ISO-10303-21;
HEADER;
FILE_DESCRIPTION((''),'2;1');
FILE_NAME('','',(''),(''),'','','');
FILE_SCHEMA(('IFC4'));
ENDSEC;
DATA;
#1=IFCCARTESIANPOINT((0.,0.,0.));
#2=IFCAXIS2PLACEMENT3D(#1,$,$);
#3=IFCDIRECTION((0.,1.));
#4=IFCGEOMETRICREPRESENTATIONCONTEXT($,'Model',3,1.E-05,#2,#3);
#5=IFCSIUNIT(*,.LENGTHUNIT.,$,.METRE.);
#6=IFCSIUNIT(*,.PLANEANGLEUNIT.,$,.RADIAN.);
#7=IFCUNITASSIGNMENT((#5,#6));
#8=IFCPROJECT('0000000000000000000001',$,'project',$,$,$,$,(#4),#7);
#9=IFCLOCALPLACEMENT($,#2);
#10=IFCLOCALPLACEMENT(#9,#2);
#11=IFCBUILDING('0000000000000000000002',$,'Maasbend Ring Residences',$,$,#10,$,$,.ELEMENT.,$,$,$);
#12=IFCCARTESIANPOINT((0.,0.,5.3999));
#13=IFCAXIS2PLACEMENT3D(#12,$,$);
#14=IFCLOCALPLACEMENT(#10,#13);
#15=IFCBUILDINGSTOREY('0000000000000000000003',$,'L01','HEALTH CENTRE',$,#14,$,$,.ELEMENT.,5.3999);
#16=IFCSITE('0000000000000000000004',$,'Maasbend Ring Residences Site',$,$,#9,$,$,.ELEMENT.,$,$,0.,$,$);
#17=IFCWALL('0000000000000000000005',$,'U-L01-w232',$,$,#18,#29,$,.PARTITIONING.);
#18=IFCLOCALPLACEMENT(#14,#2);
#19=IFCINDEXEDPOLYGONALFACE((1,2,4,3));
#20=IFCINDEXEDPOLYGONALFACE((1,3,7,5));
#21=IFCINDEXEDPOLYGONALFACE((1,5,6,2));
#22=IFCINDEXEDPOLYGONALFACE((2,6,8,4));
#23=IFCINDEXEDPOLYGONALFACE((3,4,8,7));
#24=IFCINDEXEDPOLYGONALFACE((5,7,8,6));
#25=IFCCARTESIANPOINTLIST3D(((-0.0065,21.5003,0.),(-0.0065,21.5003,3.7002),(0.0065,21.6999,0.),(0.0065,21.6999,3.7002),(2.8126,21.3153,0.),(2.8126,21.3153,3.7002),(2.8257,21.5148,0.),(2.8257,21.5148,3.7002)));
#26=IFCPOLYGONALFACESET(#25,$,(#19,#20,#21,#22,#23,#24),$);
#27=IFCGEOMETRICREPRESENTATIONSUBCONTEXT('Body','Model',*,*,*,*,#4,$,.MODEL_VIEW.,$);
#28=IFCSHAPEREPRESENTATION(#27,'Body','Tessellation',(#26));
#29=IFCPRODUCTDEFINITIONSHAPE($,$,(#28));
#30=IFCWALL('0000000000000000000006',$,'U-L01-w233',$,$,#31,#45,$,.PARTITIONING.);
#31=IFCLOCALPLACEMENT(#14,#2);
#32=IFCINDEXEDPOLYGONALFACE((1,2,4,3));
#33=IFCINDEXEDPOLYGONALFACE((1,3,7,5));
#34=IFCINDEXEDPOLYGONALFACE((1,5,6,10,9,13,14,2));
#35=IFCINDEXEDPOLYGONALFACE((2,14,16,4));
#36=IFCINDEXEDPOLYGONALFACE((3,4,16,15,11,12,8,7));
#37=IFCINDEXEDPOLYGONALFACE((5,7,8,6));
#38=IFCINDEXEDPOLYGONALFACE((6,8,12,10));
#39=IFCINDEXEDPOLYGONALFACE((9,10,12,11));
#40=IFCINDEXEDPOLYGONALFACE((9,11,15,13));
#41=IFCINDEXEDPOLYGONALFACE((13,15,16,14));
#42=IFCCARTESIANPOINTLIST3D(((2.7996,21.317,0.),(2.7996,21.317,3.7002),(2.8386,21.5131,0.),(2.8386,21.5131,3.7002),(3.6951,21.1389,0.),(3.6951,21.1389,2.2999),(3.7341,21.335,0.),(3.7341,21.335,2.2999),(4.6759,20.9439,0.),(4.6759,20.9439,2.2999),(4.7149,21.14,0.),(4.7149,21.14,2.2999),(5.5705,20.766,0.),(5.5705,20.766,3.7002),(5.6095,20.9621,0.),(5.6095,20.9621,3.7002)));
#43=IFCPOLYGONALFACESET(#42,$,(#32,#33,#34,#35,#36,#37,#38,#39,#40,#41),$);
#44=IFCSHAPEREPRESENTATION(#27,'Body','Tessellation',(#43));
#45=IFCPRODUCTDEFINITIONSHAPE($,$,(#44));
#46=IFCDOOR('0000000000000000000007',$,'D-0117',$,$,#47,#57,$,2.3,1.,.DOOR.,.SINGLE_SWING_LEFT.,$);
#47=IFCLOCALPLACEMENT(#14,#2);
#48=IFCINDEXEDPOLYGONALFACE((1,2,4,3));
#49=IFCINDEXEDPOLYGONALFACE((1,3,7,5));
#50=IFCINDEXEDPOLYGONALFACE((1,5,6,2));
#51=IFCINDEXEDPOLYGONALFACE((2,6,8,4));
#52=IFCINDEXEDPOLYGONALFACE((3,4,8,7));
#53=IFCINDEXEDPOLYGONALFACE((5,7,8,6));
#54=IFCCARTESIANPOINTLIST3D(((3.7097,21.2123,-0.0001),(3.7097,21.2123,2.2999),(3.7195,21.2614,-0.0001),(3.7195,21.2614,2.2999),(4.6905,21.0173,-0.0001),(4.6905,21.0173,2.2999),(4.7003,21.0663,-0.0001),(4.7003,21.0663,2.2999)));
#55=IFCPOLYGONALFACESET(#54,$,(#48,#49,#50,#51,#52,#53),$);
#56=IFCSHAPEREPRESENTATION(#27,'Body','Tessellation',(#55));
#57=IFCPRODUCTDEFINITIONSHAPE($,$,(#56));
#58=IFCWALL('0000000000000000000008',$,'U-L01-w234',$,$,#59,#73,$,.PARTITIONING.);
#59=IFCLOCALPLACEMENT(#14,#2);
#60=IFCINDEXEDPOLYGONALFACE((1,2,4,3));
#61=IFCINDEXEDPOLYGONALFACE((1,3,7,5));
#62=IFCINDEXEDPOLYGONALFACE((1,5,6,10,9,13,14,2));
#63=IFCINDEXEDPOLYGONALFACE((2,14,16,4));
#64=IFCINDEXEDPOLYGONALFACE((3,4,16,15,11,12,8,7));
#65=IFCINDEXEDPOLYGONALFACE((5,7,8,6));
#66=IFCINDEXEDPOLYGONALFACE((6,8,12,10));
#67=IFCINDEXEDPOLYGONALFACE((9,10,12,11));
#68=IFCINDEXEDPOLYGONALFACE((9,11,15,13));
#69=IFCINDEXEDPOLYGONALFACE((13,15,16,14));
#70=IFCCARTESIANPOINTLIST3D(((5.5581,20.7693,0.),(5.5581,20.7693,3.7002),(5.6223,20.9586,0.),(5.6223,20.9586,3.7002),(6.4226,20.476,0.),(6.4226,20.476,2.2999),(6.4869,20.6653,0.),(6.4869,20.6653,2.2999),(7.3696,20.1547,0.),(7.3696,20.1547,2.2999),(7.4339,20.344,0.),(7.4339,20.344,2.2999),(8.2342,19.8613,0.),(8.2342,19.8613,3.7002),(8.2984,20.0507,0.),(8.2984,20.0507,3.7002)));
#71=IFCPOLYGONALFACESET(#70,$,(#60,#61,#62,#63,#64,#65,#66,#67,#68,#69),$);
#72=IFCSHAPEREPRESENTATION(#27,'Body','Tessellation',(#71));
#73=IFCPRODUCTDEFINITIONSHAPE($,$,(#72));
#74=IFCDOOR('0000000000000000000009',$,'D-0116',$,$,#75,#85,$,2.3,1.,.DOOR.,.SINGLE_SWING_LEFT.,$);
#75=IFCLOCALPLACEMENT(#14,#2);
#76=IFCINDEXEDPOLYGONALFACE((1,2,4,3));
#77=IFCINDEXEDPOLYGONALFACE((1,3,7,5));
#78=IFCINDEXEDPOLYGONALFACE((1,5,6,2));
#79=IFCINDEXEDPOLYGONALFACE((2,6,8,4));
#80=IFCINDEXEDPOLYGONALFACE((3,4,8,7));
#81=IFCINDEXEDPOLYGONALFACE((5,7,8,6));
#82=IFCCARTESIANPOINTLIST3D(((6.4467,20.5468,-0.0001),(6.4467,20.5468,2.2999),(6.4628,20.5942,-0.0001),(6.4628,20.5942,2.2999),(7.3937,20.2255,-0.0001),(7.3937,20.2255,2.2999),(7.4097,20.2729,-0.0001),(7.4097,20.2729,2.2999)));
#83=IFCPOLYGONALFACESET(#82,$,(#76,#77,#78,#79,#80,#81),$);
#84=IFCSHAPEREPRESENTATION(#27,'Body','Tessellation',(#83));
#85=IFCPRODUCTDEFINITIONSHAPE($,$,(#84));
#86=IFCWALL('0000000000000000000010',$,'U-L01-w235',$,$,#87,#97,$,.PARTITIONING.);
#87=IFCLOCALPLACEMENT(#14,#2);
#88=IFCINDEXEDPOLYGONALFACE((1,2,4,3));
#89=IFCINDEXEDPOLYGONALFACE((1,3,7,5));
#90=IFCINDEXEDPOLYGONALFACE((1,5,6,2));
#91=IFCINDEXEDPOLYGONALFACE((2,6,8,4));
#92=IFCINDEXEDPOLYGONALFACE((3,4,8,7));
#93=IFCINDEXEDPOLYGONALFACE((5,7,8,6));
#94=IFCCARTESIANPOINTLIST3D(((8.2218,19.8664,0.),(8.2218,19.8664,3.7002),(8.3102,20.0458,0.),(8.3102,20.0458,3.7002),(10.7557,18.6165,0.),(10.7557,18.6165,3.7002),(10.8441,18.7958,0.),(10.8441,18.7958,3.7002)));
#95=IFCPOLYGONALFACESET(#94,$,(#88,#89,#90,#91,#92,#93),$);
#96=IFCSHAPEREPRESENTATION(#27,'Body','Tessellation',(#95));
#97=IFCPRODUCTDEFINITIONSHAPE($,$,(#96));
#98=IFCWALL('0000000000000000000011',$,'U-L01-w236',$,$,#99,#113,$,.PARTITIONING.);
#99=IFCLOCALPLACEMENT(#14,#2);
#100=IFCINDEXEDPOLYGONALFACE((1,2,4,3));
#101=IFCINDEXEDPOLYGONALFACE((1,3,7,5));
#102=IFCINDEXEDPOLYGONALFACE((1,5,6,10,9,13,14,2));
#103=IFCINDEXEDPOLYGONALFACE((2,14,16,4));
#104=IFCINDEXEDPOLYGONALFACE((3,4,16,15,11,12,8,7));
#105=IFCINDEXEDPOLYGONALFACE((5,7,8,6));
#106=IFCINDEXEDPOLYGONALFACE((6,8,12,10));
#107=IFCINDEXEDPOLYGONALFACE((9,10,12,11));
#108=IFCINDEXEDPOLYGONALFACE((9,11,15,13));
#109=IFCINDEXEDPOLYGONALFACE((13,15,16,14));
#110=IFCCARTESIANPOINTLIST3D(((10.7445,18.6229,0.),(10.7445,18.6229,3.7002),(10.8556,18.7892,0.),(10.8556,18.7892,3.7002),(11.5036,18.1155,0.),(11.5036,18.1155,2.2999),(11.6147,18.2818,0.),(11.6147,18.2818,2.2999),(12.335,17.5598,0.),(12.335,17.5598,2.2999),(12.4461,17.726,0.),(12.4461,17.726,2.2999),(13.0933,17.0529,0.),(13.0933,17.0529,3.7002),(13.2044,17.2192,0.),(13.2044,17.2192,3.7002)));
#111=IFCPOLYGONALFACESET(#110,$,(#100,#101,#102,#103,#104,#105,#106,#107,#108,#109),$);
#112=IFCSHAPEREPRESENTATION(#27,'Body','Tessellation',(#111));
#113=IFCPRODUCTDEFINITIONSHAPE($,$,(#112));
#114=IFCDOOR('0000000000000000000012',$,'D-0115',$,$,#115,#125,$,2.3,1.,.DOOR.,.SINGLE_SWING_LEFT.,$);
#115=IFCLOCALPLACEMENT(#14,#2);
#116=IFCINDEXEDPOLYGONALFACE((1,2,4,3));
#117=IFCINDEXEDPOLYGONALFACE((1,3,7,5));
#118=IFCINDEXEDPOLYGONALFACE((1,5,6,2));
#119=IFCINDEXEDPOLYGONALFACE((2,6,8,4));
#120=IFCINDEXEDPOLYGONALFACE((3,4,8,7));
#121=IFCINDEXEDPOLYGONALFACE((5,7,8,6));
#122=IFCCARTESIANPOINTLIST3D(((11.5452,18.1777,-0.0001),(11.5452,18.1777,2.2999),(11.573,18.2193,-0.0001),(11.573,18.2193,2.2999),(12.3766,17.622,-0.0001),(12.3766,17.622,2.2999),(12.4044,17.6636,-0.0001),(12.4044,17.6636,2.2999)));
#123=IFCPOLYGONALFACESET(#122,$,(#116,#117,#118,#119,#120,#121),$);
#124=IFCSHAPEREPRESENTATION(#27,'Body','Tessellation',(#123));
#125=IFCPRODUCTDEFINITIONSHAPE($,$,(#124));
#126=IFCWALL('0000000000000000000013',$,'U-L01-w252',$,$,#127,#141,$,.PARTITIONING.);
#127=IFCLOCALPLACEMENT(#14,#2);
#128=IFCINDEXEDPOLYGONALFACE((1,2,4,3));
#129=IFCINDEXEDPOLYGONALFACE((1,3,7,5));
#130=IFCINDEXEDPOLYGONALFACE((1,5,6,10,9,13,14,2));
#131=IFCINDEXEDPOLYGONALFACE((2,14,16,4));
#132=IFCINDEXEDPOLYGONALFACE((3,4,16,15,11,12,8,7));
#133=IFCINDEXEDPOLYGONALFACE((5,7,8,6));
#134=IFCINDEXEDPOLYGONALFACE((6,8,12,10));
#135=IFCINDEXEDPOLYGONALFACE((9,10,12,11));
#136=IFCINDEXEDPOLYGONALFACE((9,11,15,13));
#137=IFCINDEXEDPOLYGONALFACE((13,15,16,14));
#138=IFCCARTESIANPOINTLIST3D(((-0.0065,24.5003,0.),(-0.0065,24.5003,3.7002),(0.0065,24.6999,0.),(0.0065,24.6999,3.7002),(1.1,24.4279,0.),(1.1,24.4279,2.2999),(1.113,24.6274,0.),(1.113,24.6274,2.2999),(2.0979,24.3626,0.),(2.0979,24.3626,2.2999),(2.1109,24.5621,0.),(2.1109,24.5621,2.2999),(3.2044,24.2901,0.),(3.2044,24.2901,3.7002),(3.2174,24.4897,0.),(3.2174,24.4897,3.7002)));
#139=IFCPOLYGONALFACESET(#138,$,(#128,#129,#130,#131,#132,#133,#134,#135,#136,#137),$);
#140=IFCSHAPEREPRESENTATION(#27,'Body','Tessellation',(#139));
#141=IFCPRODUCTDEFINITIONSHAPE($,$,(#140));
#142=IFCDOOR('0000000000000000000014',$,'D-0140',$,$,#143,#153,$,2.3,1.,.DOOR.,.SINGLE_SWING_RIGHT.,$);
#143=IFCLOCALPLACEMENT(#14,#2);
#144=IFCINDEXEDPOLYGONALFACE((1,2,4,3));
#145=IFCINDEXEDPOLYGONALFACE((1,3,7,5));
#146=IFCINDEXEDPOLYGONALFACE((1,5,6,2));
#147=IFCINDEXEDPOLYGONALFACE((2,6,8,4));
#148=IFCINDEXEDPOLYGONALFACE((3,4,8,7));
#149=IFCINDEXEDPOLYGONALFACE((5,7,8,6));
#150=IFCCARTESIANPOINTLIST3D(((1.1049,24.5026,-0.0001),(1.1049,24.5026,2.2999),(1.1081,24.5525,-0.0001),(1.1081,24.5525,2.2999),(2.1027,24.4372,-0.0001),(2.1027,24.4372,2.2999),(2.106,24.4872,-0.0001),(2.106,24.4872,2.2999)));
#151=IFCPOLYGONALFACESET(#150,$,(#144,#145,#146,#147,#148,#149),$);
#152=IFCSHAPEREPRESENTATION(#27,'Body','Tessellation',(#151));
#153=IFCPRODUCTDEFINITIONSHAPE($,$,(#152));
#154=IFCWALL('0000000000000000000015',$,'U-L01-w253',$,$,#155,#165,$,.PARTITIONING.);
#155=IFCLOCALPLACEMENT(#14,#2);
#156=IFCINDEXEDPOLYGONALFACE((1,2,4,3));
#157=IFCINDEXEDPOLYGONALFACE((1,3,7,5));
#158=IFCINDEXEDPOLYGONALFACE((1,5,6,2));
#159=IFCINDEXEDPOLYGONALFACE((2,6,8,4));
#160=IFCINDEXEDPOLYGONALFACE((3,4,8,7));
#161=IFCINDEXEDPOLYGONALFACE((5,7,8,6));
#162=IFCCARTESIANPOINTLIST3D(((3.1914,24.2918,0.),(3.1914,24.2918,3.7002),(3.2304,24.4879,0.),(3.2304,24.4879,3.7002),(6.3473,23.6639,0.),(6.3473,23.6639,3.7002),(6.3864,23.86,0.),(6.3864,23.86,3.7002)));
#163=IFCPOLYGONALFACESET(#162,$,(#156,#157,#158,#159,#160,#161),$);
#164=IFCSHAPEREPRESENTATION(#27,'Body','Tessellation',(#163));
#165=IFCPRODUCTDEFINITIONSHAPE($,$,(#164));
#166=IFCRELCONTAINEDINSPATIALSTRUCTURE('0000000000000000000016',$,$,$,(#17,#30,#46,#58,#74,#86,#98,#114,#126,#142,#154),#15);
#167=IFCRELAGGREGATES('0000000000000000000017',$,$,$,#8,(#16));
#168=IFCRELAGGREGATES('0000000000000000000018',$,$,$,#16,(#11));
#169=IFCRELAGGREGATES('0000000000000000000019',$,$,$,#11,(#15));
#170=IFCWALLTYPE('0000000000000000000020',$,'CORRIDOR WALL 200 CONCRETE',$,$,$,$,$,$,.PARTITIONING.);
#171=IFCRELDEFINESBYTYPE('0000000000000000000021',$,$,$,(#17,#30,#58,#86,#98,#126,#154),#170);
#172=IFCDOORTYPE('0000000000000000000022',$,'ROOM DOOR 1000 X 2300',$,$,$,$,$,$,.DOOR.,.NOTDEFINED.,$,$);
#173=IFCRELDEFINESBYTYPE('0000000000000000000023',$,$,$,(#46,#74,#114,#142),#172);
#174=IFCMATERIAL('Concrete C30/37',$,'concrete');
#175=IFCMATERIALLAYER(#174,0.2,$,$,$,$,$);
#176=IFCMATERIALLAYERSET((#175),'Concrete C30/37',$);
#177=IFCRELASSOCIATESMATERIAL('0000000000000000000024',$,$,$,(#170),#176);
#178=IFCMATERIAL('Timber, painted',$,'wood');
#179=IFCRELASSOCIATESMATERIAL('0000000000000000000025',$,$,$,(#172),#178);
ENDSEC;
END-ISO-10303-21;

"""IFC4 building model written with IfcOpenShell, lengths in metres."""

from ifc_helpers import new_model, si_unit, direction, frame, frame_2d, origin, place, context, subcontext, project, spatial, rectangle, extrude, material, layer, layer_set, type_object, element, fill, save


model = new_model("IFC4")

# Units and contexts
model_context = context("Model", 3, precision=1e-05, world=origin(), true_north=direction((0.0, 1.0)))
body_context = subcontext(model_context, "Body", "Model", "MODEL_VIEW")
ifc_project = project(units=[si_unit("LENGTHUNIT", "METRE"), si_unit("PLANEANGLEUNIT", "RADIAN")], contexts=[model_context])

# Site, building, storey
site_placement = place(None, origin())
site = spatial("IfcSite", under=ifc_project, at=site_placement, Name="Maasbend Ring Residences Site", CompositionType="ELEMENT", RefElevation=0.0)
building_placement = place(site_placement, origin())
building = spatial("IfcBuilding", under=site, at=building_placement, Name="Maasbend Ring Residences", CompositionType="ELEMENT")
storey_placement = place(building_placement, frame((0.0, 0.0, 5.3999)))
storey = spatial("IfcBuildingStorey", under=building, at=storey_placement, Name="L01", Description="HEALTH CENTRE", CompositionType="ELEMENT", Elevation=5.3999)

# Wall
ifc_material_1 = material(Name="Concrete C30/37", Category="concrete")
ifc_layer_1 = layer(ifc_material_1, 0.2)
ifc_layer_set_1 = layer_set([ifc_layer_1], Name="Concrete C30/37")
wall_type_1 = type_object("IfcWallType", Name="CORRIDOR WALL 200 CONCRETE", PredefinedType="PARTITIONING", material=ifc_layer_set_1)
wall_1_placement = place(storey_placement, frame((0.0, 21.6001, 0.0), z_axis=(0.0, 0.0, 1.0), x_axis=(0.997852, -0.065504, 0.0)))
element("IfcWall", 1, at=wall_1_placement, inside=storey, type_object=wall_type_1, Name="U-L01-w232", PredefinedType="PARTITIONING", context=body_context, shape_type="SweptSolid", body=[
    extrude(rectangle(XDim=2.8252, YDim=0.2, at=frame_2d((1.4126, 0.0))), origin(), (0.0, 0.0, 1.0), 3.7002),
])

# Walls, openings, doors
wall_2_placement = place(storey_placement, frame((2.8191, 21.415, 0.0), z_axis=(0.0, 0.0, 1.0), x_axis=(0.980796, -0.195036, 0.0)))
wall_2 = element("IfcWall", 2, at=wall_2_placement, inside=storey, type_object=wall_type_1, Name="U-L01-w233", PredefinedType="PARTITIONING", context=body_context, shape_type="SweptSolid", body=[
    extrude(rectangle(XDim=2.8252, YDim=0.2, at=frame_2d((1.4126, 0.0))), origin(), (0.0, 0.0, 1.0), 3.7002),
])
opening_1_placement = place(wall_2_placement, frame((0.9131, 0.0, 0.0)))
opening_1 = element("IfcOpeningElement", 3, at=opening_1_placement, cuts=wall_2, PredefinedType="OPENING", context=body_context, shape_type="SweptSolid", body=[
    extrude(rectangle(XDim=1.0, YDim=2.3, at=frame_2d((0.5, 1.1499))), frame((0.0, 0.1099, 0.0), z_axis=(0.0, -1.0, 0.0), x_axis=(1.0, 0.0, 0.0)), (0.0, 0.0, 1.0), 0.22),
])
ifc_material_2 = material(Name="Timber, painted", Category="wood")
door_type = type_object("IfcDoorType", Name="ROOM DOOR 1000 X 2300", OperationType="NOTDEFINED", PredefinedType="DOOR", material=ifc_material_2)
door_1_placement = place(opening_1_placement, origin())
door_1 = element("IfcDoor", 4, at=door_1_placement, inside=storey, type_object=door_type, Name="D-0117", OperationType="SINGLE_SWING_LEFT", OverallHeight=2.3, OverallWidth=1.0, PredefinedType="DOOR", context=body_context, shape_type="SweptSolid", body=[
    extrude(rectangle(XDim=1.0, YDim=2.3, at=frame_2d((0.5, 1.1499))), frame((0.0, 0.0249, 0.0), z_axis=(0.0, -1.0, 0.0), x_axis=(1.0, 0.0, 0.0)), (0.0, 0.0, 1.0), 0.05),
])
fill(opening_1, door_1)
wall_3_placement = place(storey_placement, frame((5.5901, 20.864, 0.0), z_axis=(0.0, 0.0, 1.0), x_axis=(0.946976, -0.321303, 0.0)))
wall_3 = element("IfcWall", 5, at=wall_3_placement, inside=storey, type_object=wall_type_1, Name="U-L01-w234", PredefinedType="PARTITIONING", context=body_context, shape_type="SweptSolid", body=[
    extrude(rectangle(XDim=2.8259, YDim=0.2, at=frame_2d((1.4131, 0.0))), origin(), (0.0, 0.0, 1.0), 3.7002),
])
opening_2_placement = place(wall_3_placement, frame((0.9131, 0.0, 0.0)))
opening_2 = element("IfcOpeningElement", 6, at=opening_2_placement, cuts=wall_3, PredefinedType="OPENING", context=body_context, shape_type="SweptSolid", body=[
    extrude(rectangle(XDim=1.0, YDim=2.3, at=frame_2d((0.5, 1.1499))), frame((0.0, 0.1099, 0.0), z_axis=(0.0, -1.0, 0.0), x_axis=(1.0, 0.0, 0.0)), (0.0, 0.0, 1.0), 0.22),
])
door_2_placement = place(opening_2_placement, origin())
door_2 = element("IfcDoor", 7, at=door_2_placement, inside=storey, type_object=door_type, Name="D-0116", OperationType="SINGLE_SWING_LEFT", OverallHeight=2.3, OverallWidth=1.0, PredefinedType="DOOR", context=body_context, shape_type="SweptSolid", body=[
    extrude(rectangle(XDim=1.0, YDim=2.3, at=frame_2d((0.5, 1.1499))), frame((0.0, 0.0249, 0.0), z_axis=(0.0, -1.0, 0.0), x_axis=(1.0, 0.0, 0.0)), (0.0, 0.0, 1.0), 0.05),
])
fill(opening_2, door_2)

# Wall
wall_4_placement = place(storey_placement, frame((8.2661, 19.9561, 0.0), z_axis=(0.0, 0.0, 1.0), x_axis=(0.896816, -0.442403, 0.0)))
element("IfcWall", 8, at=wall_4_placement, inside=storey, type_object=wall_type_1, Name="U-L01-w235", PredefinedType="PARTITIONING", context=body_context, shape_type="SweptSolid", body=[
    extrude(rectangle(XDim=2.8254, YDim=0.2, at=frame_2d((1.4126, 0.0))), origin(), (0.0, 0.0, 1.0), 3.7002),
])

# Walls, openings, doors
wall_5_placement = place(storey_placement, frame((10.8, 18.7061, 0.0), z_axis=(0.0, 0.0, 1.0), x_axis=(0.831372, -0.555717, 0.0)))
wall_5 = element("IfcWall", 9, at=wall_5_placement, inside=storey, type_object=wall_type_1, Name="U-L01-w236", PredefinedType="PARTITIONING", context=body_context, shape_type="SweptSolid", body=[
    extrude(rectangle(XDim=2.8252, YDim=0.2, at=frame_2d((1.4126, 0.0))), origin(), (0.0, 0.0, 1.0), 3.7002),
])
opening_3_placement = place(wall_5_placement, frame((0.9131, 0.0, 0.0)))
opening_3 = element("IfcOpeningElement", 10, at=opening_3_placement, cuts=wall_5, PredefinedType="OPENING", context=body_context, shape_type="SweptSolid", body=[
    extrude(rectangle(XDim=1.0, YDim=2.3, at=frame_2d((0.5, 1.1499))), frame((0.0, 0.1099, 0.0), z_axis=(0.0, -1.0, 0.0), x_axis=(1.0, 0.0, 0.0)), (0.0, 0.0, 1.0), 0.22),
])
door_3_placement = place(opening_3_placement, origin())
door_3 = element("IfcDoor", 11, at=door_3_placement, inside=storey, type_object=door_type, Name="D-0115", OperationType="SINGLE_SWING_LEFT", OverallHeight=2.3, OverallWidth=1.0, PredefinedType="DOOR", context=body_context, shape_type="SweptSolid", body=[
    extrude(rectangle(XDim=1.0, YDim=2.3, at=frame_2d((0.5, 1.1499))), frame((0.0, 0.0249, 0.0), z_axis=(0.0, -1.0, 0.0), x_axis=(1.0, 0.0, 0.0)), (0.0, 0.0, 1.0), 0.05),
])
fill(opening_3, door_3)
wall_6_placement = place(storey_placement, frame((0.0, 24.6001, 0.0), z_axis=(0.0, 0.0, 1.0), x_axis=(0.997864, -0.065325, 0.0)))
wall_6 = element("IfcWall", 12, at=wall_6_placement, inside=storey, type_object=wall_type_1, Name="U-L01-w252", PredefinedType="PARTITIONING", context=body_context, shape_type="SweptSolid", body=[
    extrude(rectangle(XDim=3.2178, YDim=0.2, at=frame_2d((1.6089, 0.0))), origin(), (0.0, 0.0, 1.0), 3.7002),
])
opening_4_placement = place(wall_6_placement, frame((1.1089, 0.0, 0.0)))
opening_4 = element("IfcOpeningElement", 13, at=opening_4_placement, cuts=wall_6, PredefinedType="OPENING", context=body_context, shape_type="SweptSolid", body=[
    extrude(rectangle(XDim=1.0, YDim=2.3, at=frame_2d((0.5, 1.1499))), frame((0.0, 0.1099, 0.0), z_axis=(0.0, -1.0, 0.0), x_axis=(1.0, 0.0, 0.0)), (0.0, 0.0, 1.0), 0.22),
])
door_4_placement = place(opening_4_placement, origin())
door_4 = element("IfcDoor", 14, at=door_4_placement, inside=storey, type_object=door_type, Name="D-0140", OperationType="SINGLE_SWING_RIGHT", OverallHeight=2.3, OverallWidth=1.0, PredefinedType="DOOR", context=body_context, shape_type="SweptSolid", body=[
    extrude(rectangle(XDim=1.0, YDim=2.3, at=frame_2d((0.5, 1.1499))), frame((0.0, 0.0249, 0.0), z_axis=(0.0, -1.0, 0.0), x_axis=(1.0, 0.0, 0.0)), (0.0, 0.0, 1.0), 0.05),
])
fill(opening_4, door_4)

# Wall
wall_7_placement = place(storey_placement, frame((3.2109, 24.3899, 0.0), z_axis=(0.0, 0.0, 1.0), x_axis=(0.980776, -0.195138, 0.0)))
element("IfcWall", 15, at=wall_7_placement, inside=storey, type_object=wall_type_1, Name="U-L01-w253", PredefinedType="PARTITIONING", context=body_context, shape_type="SweptSolid", body=[
    extrude(rectangle(XDim=3.2178, YDim=0.2, at=frame_2d((1.6089, 0.0))), origin(), (0.0, 0.0, 1.0), 3.7002),
])

save(model, "model.ifc")
